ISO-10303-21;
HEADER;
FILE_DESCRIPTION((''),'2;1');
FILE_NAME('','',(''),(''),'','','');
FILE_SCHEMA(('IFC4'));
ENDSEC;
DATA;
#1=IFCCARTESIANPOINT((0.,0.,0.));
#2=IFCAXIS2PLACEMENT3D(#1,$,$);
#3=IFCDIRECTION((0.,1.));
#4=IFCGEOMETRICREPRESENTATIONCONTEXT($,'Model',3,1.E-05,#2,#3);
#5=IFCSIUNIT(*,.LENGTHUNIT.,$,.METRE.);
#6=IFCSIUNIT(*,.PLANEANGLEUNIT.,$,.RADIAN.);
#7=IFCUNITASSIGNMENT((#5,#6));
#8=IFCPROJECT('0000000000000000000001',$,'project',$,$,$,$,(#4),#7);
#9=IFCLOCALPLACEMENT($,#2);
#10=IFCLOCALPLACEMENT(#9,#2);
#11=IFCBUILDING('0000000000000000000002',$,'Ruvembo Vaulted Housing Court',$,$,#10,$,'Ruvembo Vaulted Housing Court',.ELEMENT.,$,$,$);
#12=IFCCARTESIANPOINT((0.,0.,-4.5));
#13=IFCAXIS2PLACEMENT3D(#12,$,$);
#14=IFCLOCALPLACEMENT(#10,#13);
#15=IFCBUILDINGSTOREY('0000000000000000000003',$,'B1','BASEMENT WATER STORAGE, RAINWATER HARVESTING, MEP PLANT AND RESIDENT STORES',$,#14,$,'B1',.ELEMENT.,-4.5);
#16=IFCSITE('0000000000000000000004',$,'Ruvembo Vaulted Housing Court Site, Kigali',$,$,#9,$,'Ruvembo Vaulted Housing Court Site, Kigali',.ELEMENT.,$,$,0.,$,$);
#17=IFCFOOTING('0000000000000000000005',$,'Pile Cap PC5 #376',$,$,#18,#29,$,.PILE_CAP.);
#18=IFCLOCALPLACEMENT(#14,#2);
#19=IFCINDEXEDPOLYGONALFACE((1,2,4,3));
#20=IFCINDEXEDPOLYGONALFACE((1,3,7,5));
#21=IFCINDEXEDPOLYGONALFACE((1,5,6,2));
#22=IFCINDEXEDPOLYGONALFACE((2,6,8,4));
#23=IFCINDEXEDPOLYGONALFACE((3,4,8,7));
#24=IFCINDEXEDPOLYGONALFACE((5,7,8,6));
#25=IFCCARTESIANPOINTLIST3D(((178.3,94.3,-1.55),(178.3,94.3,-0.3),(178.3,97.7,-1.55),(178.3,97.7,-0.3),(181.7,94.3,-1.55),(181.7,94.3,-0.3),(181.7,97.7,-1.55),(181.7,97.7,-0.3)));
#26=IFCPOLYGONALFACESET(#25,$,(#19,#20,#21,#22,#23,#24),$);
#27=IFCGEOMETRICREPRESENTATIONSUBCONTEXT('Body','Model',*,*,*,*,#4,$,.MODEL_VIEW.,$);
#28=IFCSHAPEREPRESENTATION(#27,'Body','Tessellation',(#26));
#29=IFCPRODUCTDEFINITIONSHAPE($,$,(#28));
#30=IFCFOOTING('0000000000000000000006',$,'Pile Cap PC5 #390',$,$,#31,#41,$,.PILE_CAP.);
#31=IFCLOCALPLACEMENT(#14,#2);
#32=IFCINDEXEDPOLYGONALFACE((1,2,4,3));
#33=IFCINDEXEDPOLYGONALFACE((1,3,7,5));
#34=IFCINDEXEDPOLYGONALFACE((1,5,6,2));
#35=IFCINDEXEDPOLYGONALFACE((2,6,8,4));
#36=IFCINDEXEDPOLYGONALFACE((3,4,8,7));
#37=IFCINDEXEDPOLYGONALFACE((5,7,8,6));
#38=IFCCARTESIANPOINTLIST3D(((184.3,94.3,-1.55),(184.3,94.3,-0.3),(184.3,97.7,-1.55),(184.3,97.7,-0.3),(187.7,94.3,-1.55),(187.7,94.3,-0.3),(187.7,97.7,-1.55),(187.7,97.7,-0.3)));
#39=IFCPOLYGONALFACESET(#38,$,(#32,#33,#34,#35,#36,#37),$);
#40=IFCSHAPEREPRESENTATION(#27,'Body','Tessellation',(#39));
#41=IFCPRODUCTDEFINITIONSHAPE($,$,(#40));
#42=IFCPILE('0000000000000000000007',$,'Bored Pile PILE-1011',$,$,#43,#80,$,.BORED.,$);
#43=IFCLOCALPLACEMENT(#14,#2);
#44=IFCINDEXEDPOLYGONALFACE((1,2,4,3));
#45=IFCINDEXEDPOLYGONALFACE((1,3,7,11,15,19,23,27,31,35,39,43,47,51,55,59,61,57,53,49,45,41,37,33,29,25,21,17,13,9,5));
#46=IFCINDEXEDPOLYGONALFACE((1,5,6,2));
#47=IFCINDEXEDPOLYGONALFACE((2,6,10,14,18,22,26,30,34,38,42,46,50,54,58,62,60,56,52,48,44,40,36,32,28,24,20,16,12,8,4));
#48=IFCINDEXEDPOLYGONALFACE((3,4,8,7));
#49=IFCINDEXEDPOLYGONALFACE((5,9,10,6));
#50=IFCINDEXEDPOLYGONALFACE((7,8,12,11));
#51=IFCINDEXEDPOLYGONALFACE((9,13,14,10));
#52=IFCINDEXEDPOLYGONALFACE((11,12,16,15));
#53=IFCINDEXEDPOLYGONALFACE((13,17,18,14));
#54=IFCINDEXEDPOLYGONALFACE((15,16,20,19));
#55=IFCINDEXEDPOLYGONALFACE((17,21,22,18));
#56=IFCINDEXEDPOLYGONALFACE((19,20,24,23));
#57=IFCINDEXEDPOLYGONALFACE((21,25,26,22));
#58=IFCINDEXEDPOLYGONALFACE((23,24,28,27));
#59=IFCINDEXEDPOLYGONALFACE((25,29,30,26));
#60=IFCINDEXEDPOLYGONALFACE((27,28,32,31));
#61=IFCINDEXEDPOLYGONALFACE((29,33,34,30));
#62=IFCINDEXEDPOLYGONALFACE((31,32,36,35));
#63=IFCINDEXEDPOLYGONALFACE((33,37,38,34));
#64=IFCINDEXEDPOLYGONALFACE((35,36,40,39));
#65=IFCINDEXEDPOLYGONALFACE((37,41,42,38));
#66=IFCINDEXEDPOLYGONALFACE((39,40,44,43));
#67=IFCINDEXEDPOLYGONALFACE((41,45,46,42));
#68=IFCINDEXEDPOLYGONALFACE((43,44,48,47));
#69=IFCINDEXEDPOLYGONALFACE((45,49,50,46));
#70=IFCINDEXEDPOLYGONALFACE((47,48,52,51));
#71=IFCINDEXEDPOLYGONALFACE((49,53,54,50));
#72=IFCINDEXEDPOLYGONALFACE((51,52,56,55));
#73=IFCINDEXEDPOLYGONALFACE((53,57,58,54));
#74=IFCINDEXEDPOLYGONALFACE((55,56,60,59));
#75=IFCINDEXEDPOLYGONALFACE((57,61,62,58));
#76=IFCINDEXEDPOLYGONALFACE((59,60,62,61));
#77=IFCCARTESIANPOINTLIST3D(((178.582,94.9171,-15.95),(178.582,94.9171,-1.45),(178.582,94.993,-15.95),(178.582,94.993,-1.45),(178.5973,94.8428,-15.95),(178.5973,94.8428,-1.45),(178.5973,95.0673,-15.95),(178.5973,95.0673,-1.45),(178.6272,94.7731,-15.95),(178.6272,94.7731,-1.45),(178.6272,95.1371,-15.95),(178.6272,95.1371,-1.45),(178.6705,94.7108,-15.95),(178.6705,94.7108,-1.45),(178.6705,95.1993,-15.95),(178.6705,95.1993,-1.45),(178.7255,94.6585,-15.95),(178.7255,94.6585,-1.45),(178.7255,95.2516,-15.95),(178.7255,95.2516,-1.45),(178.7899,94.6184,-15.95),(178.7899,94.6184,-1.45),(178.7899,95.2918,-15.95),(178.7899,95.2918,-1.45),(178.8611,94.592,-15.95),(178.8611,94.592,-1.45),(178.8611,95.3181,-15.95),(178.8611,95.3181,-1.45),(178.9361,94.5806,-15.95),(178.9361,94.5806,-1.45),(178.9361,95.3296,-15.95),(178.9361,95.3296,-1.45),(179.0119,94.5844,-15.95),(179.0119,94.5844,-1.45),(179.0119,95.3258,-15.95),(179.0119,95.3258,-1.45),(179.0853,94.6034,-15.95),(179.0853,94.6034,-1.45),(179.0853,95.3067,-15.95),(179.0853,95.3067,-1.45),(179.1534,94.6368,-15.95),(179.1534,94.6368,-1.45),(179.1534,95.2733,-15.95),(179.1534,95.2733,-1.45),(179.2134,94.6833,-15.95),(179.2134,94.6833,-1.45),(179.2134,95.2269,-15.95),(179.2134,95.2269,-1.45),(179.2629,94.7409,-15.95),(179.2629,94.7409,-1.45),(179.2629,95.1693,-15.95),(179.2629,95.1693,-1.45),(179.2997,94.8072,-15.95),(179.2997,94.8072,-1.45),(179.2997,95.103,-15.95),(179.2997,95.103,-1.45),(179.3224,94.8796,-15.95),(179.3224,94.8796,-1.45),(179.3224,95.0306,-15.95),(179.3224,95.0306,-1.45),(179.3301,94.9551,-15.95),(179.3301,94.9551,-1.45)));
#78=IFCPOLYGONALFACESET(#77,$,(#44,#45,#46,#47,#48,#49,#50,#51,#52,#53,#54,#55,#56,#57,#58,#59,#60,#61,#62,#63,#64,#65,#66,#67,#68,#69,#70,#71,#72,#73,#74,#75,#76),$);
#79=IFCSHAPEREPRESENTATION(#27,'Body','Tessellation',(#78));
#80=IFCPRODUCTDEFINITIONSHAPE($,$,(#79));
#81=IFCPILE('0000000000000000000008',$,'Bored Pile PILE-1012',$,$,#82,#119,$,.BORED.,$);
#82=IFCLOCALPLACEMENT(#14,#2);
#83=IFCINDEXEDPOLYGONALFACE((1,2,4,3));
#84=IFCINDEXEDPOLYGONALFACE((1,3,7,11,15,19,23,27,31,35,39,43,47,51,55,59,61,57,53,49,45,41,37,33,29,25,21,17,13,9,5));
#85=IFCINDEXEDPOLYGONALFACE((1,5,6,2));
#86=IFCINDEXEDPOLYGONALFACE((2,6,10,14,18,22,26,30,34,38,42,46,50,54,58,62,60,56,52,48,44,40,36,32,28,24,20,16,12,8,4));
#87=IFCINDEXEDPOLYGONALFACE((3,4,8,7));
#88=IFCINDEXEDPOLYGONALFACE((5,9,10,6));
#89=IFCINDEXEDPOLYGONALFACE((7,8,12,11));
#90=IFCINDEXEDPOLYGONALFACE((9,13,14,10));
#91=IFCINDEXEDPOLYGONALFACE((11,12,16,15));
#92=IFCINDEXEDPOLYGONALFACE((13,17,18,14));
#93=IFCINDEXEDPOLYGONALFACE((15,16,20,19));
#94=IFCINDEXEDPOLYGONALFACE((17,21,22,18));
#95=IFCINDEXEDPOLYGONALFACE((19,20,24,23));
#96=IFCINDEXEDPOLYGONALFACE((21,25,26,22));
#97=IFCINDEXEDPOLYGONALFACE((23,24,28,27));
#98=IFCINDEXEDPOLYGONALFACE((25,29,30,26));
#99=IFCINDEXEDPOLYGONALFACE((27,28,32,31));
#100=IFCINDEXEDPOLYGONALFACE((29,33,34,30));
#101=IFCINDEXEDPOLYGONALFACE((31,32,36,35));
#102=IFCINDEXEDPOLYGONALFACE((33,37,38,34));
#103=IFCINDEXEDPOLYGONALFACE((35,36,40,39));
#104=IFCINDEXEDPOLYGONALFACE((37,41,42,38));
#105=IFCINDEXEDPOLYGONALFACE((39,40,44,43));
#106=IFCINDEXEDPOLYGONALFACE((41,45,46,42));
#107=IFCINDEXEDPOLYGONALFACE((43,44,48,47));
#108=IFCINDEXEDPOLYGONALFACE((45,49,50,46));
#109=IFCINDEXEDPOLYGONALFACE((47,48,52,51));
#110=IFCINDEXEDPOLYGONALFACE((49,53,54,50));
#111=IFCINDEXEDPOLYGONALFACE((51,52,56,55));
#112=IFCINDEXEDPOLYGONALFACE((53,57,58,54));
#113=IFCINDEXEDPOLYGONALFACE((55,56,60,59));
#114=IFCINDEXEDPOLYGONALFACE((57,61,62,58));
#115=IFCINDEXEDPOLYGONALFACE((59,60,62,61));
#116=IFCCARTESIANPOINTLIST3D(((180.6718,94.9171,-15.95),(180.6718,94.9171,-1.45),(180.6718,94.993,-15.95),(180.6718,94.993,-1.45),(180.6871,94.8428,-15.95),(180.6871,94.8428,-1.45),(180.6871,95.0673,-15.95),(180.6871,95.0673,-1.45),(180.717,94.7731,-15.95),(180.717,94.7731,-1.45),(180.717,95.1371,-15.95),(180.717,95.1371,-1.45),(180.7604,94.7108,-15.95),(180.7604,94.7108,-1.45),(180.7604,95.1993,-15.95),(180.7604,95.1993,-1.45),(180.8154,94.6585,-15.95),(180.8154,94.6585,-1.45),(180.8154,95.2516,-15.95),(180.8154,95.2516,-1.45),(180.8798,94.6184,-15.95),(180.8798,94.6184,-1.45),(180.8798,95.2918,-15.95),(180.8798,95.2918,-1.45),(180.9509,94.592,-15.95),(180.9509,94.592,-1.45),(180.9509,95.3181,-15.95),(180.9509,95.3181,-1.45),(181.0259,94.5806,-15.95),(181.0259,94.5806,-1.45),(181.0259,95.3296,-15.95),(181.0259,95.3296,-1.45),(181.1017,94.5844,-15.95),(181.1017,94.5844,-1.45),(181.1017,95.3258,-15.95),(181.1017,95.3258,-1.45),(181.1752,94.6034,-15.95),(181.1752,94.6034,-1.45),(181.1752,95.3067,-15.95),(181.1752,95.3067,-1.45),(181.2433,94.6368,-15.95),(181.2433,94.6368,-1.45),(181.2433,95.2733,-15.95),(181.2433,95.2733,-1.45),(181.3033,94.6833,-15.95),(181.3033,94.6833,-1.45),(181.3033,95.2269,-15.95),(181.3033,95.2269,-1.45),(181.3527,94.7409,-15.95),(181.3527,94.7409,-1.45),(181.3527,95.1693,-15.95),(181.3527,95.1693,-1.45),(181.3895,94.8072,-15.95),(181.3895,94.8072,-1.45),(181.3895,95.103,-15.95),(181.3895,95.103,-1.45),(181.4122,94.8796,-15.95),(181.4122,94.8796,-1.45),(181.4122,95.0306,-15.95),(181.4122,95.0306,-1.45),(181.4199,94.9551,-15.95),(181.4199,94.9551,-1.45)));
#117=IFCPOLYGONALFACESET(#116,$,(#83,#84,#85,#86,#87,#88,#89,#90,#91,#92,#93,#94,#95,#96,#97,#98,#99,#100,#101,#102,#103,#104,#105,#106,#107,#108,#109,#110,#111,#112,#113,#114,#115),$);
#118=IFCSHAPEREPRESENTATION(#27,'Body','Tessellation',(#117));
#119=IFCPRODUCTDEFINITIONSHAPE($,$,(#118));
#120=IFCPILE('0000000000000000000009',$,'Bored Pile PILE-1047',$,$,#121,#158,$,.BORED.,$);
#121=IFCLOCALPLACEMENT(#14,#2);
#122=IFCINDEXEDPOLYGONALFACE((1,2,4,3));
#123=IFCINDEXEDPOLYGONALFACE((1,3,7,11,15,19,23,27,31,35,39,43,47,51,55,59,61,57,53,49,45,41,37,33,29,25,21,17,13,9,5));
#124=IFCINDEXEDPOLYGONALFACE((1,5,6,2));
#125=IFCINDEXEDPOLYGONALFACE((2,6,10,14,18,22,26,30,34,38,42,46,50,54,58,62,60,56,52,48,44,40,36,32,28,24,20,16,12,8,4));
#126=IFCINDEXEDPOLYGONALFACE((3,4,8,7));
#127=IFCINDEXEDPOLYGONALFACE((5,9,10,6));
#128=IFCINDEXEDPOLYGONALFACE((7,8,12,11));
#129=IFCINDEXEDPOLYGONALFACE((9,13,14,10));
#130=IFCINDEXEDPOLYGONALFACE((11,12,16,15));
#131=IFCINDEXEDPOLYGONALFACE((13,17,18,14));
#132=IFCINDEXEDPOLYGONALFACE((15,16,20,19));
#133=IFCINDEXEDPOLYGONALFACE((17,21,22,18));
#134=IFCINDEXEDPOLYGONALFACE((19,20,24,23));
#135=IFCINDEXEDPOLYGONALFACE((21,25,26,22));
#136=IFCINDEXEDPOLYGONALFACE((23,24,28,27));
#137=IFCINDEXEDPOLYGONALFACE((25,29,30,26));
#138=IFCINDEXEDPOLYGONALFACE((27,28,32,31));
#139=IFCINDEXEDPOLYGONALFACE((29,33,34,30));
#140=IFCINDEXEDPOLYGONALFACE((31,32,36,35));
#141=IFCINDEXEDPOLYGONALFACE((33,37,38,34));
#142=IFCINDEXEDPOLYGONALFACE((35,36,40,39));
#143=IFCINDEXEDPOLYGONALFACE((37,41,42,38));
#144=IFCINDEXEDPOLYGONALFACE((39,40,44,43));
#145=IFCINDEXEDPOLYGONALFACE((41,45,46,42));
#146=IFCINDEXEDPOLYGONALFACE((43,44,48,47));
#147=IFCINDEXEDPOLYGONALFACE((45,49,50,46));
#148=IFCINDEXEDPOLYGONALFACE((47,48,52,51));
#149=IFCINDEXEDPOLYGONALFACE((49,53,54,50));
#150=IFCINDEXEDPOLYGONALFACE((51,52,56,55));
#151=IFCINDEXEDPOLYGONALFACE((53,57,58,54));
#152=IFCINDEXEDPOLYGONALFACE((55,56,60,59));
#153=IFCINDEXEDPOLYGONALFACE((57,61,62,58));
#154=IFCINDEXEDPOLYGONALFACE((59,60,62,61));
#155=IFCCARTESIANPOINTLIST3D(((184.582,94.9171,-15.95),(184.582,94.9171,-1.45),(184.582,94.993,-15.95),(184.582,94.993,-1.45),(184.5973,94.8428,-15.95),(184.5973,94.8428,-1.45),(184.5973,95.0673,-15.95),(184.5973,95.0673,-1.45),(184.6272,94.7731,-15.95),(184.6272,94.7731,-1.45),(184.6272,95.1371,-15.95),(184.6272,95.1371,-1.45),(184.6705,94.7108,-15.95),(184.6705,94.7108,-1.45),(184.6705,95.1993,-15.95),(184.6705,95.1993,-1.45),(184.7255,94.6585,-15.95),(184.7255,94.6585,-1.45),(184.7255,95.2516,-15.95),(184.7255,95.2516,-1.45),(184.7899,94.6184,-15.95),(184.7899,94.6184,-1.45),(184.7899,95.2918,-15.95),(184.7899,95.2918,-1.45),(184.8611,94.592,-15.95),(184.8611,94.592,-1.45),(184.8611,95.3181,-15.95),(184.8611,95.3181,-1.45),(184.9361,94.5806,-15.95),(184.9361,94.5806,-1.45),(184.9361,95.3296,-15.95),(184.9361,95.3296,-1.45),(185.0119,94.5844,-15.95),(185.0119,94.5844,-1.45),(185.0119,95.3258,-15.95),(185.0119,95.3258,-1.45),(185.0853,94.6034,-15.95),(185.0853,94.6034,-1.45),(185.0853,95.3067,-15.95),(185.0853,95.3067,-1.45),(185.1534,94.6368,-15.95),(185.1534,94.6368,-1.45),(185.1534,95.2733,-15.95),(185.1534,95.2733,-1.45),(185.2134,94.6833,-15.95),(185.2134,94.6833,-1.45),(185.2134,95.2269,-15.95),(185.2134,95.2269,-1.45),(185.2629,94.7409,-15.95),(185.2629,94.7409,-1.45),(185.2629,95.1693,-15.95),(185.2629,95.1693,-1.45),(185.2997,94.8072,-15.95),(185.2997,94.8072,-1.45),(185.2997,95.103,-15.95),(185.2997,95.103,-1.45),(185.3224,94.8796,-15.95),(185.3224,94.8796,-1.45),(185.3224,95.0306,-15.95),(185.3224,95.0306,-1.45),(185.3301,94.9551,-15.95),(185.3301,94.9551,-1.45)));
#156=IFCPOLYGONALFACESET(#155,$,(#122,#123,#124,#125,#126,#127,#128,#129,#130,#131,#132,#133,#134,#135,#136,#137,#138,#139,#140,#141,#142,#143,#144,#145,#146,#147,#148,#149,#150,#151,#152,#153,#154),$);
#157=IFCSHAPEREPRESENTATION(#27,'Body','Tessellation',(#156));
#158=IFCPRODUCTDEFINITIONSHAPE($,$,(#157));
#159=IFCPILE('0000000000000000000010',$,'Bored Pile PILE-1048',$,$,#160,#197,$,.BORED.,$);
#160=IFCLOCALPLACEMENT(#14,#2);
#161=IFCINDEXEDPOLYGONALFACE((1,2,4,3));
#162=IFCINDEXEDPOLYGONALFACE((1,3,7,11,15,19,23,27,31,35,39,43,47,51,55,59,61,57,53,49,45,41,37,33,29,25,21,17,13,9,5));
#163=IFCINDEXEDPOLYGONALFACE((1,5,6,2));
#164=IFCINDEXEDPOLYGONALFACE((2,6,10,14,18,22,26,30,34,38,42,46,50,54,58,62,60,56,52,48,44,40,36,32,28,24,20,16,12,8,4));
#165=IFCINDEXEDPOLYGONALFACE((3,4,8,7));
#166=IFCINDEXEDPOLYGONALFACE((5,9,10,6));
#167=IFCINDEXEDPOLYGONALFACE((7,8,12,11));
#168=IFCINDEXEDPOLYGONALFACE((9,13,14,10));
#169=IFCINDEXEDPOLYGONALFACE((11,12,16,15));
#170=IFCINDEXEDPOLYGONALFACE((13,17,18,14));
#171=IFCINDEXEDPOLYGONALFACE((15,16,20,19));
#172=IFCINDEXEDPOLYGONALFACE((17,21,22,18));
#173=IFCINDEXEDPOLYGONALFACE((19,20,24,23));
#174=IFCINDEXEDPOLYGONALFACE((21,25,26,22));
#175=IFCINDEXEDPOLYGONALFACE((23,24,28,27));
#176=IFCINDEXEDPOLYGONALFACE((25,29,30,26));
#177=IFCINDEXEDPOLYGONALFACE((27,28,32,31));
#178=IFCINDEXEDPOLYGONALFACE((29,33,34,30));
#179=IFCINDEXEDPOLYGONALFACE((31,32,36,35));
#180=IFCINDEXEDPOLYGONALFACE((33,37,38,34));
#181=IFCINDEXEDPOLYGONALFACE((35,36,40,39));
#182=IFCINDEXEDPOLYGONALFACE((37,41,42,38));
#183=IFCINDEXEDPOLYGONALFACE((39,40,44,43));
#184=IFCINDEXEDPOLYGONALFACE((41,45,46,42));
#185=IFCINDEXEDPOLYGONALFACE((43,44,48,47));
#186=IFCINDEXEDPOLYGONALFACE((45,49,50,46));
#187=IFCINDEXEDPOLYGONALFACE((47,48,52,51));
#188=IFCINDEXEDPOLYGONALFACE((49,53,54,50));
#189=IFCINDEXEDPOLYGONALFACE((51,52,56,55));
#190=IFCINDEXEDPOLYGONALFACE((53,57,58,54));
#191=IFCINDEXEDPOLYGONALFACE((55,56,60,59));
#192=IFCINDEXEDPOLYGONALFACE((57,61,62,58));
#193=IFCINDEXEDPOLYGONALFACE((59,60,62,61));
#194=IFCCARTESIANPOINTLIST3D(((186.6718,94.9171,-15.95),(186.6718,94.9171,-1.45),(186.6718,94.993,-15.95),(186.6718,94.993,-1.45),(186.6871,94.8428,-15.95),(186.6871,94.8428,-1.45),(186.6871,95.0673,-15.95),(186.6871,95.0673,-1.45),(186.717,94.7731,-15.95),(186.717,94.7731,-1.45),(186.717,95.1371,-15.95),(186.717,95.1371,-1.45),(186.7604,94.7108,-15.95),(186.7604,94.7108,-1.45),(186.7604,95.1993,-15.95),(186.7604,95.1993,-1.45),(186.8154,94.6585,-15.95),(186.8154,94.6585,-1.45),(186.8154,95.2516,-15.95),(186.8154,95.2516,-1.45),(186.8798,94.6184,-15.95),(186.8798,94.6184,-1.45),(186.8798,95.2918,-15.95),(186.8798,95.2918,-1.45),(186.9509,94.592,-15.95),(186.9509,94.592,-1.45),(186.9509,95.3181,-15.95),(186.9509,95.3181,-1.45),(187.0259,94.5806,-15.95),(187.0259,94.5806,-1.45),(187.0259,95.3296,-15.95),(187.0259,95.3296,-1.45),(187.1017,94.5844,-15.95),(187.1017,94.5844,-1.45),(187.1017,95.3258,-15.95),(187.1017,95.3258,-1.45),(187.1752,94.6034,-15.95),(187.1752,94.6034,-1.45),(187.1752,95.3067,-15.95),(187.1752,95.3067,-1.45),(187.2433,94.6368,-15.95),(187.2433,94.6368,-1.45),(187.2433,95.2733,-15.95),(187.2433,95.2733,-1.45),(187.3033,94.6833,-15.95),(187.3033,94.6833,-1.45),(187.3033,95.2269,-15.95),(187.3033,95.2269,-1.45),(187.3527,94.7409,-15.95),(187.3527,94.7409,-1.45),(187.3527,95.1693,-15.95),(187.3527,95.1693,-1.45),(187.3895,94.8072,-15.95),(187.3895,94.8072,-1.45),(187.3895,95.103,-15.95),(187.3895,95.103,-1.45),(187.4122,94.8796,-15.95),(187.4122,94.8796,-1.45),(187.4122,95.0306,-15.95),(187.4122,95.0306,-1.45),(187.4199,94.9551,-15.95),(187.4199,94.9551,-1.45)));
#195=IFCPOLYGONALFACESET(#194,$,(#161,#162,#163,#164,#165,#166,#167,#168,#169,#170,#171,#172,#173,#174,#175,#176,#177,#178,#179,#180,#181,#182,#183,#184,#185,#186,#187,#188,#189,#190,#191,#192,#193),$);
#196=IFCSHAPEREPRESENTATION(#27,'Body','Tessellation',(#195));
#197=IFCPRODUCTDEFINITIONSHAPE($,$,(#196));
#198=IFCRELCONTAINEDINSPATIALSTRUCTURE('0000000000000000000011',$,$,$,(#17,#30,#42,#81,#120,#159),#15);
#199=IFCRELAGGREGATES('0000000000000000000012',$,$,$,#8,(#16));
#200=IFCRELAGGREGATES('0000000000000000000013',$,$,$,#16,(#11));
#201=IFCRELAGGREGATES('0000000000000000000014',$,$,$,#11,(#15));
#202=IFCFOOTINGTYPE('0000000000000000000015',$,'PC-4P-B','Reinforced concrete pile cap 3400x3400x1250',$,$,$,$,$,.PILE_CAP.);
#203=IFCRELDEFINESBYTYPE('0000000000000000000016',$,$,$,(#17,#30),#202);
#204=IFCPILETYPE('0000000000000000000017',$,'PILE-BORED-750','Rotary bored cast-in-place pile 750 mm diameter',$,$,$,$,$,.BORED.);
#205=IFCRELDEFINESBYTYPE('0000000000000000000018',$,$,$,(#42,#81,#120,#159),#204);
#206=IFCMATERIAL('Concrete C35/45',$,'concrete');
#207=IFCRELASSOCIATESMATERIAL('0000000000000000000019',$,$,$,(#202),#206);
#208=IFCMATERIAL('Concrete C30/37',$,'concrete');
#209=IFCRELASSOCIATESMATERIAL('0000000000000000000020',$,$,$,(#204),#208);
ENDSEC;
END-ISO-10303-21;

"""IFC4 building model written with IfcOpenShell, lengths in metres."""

from ifc_helpers import new_model, si_unit, direction, frame, origin, origin_2d, place, context, subcontext, project, spatial, rectangle, circle, extrude, material, material_profile, profile_set, type_object, element, save


model = new_model("IFC4")

# Units and contexts
model_context = context("Model", 3, precision=1e-05, world=origin(), true_north=direction((0.0, 1.0)))
body_context = subcontext(model_context, "Body", "Model", "MODEL_VIEW")
ifc_project = project(units=[si_unit("LENGTHUNIT", "METRE"), si_unit("PLANEANGLEUNIT", "RADIAN")], contexts=[model_context])

# Site, building, storey
site_placement = place(None, origin())
site = spatial("IfcSite", under=ifc_project, at=site_placement, Name="Ruvembo Vaulted Housing Court Site, Kigali", LongName="Ruvembo Vaulted Housing Court Site, Kigali", CompositionType="ELEMENT", RefElevation=0.0)
building_placement = place(site_placement, origin())
building = spatial("IfcBuilding", under=site, at=building_placement, Name="Ruvembo Vaulted Housing Court", LongName="Ruvembo Vaulted Housing Court", CompositionType="ELEMENT")
storey_placement = place(building_placement, frame((0.0, 0.0, -4.5)))
storey = spatial("IfcBuildingStorey", under=building, at=storey_placement, Name="B1", Description="BASEMENT WATER STORAGE, RAINWATER HARVESTING, MEP PLANT AND RESIDENT STORES", LongName="B1", CompositionType="ELEMENT", Elevation=-4.5)

# Footings
ifc_material_1 = material(Name="Concrete C35/45", Category="concrete")
footing_type = type_object("IfcFootingType", Name="PC-4P-B", Description="Reinforced concrete pile cap 3400x3400x1250", PredefinedType="PILE_CAP", material=ifc_material_1)
for number, where, z_axis, x_axis, name in (
    (1, (180.0, 96.0, -1.55), (0.0, 0.0, 1.0), (1.0, 0.0, 0.0), "Pile Cap PC5 #376"),
    (2, (186.0, 96.0, -1.55), (0.0, 0.0, 1.0), (1.0, 0.0, 0.0), "Pile Cap PC5 #390"),
):
    element("IfcFooting", number, at=place(storey_placement, frame(where, z_axis=z_axis, x_axis=x_axis)), inside=storey, type_object=footing_type, Name=name, PredefinedType="PILE_CAP", context=body_context, shape_type="SweptSolid", body=[
        extrude(rectangle(XDim=3.3999, YDim=3.3999, at=origin_2d()), origin(), (0.0, 0.0, 1.0), 1.25),
    ])

# Piles
ifc_material_2 = material(Name="Concrete C30/37", Category="concrete")
ifc_material_profile_1 = material_profile(ifc_material_2, circle(Radius=0.375, at=origin_2d()), Name="PILE D750")
ifc_profile_set_1 = profile_set([ifc_material_profile_1], Name="Concrete C30/37")
pile_type_1 = type_object("IfcPileType", Name="PILE-BORED-750", Description="Rotary bored cast-in-place pile 750 mm diameter", PredefinedType="BORED", material=ifc_profile_set_1)
for number, where, z_axis, x_axis, name in (
    (3, (178.9551, 94.9551, -1.45), (0.0, 0.0, -1.0), (1.0, 0.0, 0.0), "Bored Pile PILE-1011"),
    (4, (181.0449, 94.9551, -1.45), (0.0, 0.0, -1.0), (1.0, 0.0, 0.0), "Bored Pile PILE-1012"),
    (5, (184.9551, 94.9551, -1.45), (0.0, 0.0, -1.0), (1.0, 0.0, 0.0), "Bored Pile PILE-1047"),
    (6, (187.0449, 94.9551, -1.45), (0.0, 0.0, -1.0), (1.0, 0.0, 0.0), "Bored Pile PILE-1048"),
):
    element("IfcPile", number, at=place(storey_placement, frame(where, z_axis=z_axis, x_axis=x_axis)), inside=storey, type_object=pile_type_1, Name=name, PredefinedType="BORED", context=body_context, shape_type="SweptSolid", body=[
        extrude(circle(Radius=0.375, at=origin_2d()), origin(), (0.0, 0.0, 1.0), 14.5),
    ])

save(model, "model.ifc")
